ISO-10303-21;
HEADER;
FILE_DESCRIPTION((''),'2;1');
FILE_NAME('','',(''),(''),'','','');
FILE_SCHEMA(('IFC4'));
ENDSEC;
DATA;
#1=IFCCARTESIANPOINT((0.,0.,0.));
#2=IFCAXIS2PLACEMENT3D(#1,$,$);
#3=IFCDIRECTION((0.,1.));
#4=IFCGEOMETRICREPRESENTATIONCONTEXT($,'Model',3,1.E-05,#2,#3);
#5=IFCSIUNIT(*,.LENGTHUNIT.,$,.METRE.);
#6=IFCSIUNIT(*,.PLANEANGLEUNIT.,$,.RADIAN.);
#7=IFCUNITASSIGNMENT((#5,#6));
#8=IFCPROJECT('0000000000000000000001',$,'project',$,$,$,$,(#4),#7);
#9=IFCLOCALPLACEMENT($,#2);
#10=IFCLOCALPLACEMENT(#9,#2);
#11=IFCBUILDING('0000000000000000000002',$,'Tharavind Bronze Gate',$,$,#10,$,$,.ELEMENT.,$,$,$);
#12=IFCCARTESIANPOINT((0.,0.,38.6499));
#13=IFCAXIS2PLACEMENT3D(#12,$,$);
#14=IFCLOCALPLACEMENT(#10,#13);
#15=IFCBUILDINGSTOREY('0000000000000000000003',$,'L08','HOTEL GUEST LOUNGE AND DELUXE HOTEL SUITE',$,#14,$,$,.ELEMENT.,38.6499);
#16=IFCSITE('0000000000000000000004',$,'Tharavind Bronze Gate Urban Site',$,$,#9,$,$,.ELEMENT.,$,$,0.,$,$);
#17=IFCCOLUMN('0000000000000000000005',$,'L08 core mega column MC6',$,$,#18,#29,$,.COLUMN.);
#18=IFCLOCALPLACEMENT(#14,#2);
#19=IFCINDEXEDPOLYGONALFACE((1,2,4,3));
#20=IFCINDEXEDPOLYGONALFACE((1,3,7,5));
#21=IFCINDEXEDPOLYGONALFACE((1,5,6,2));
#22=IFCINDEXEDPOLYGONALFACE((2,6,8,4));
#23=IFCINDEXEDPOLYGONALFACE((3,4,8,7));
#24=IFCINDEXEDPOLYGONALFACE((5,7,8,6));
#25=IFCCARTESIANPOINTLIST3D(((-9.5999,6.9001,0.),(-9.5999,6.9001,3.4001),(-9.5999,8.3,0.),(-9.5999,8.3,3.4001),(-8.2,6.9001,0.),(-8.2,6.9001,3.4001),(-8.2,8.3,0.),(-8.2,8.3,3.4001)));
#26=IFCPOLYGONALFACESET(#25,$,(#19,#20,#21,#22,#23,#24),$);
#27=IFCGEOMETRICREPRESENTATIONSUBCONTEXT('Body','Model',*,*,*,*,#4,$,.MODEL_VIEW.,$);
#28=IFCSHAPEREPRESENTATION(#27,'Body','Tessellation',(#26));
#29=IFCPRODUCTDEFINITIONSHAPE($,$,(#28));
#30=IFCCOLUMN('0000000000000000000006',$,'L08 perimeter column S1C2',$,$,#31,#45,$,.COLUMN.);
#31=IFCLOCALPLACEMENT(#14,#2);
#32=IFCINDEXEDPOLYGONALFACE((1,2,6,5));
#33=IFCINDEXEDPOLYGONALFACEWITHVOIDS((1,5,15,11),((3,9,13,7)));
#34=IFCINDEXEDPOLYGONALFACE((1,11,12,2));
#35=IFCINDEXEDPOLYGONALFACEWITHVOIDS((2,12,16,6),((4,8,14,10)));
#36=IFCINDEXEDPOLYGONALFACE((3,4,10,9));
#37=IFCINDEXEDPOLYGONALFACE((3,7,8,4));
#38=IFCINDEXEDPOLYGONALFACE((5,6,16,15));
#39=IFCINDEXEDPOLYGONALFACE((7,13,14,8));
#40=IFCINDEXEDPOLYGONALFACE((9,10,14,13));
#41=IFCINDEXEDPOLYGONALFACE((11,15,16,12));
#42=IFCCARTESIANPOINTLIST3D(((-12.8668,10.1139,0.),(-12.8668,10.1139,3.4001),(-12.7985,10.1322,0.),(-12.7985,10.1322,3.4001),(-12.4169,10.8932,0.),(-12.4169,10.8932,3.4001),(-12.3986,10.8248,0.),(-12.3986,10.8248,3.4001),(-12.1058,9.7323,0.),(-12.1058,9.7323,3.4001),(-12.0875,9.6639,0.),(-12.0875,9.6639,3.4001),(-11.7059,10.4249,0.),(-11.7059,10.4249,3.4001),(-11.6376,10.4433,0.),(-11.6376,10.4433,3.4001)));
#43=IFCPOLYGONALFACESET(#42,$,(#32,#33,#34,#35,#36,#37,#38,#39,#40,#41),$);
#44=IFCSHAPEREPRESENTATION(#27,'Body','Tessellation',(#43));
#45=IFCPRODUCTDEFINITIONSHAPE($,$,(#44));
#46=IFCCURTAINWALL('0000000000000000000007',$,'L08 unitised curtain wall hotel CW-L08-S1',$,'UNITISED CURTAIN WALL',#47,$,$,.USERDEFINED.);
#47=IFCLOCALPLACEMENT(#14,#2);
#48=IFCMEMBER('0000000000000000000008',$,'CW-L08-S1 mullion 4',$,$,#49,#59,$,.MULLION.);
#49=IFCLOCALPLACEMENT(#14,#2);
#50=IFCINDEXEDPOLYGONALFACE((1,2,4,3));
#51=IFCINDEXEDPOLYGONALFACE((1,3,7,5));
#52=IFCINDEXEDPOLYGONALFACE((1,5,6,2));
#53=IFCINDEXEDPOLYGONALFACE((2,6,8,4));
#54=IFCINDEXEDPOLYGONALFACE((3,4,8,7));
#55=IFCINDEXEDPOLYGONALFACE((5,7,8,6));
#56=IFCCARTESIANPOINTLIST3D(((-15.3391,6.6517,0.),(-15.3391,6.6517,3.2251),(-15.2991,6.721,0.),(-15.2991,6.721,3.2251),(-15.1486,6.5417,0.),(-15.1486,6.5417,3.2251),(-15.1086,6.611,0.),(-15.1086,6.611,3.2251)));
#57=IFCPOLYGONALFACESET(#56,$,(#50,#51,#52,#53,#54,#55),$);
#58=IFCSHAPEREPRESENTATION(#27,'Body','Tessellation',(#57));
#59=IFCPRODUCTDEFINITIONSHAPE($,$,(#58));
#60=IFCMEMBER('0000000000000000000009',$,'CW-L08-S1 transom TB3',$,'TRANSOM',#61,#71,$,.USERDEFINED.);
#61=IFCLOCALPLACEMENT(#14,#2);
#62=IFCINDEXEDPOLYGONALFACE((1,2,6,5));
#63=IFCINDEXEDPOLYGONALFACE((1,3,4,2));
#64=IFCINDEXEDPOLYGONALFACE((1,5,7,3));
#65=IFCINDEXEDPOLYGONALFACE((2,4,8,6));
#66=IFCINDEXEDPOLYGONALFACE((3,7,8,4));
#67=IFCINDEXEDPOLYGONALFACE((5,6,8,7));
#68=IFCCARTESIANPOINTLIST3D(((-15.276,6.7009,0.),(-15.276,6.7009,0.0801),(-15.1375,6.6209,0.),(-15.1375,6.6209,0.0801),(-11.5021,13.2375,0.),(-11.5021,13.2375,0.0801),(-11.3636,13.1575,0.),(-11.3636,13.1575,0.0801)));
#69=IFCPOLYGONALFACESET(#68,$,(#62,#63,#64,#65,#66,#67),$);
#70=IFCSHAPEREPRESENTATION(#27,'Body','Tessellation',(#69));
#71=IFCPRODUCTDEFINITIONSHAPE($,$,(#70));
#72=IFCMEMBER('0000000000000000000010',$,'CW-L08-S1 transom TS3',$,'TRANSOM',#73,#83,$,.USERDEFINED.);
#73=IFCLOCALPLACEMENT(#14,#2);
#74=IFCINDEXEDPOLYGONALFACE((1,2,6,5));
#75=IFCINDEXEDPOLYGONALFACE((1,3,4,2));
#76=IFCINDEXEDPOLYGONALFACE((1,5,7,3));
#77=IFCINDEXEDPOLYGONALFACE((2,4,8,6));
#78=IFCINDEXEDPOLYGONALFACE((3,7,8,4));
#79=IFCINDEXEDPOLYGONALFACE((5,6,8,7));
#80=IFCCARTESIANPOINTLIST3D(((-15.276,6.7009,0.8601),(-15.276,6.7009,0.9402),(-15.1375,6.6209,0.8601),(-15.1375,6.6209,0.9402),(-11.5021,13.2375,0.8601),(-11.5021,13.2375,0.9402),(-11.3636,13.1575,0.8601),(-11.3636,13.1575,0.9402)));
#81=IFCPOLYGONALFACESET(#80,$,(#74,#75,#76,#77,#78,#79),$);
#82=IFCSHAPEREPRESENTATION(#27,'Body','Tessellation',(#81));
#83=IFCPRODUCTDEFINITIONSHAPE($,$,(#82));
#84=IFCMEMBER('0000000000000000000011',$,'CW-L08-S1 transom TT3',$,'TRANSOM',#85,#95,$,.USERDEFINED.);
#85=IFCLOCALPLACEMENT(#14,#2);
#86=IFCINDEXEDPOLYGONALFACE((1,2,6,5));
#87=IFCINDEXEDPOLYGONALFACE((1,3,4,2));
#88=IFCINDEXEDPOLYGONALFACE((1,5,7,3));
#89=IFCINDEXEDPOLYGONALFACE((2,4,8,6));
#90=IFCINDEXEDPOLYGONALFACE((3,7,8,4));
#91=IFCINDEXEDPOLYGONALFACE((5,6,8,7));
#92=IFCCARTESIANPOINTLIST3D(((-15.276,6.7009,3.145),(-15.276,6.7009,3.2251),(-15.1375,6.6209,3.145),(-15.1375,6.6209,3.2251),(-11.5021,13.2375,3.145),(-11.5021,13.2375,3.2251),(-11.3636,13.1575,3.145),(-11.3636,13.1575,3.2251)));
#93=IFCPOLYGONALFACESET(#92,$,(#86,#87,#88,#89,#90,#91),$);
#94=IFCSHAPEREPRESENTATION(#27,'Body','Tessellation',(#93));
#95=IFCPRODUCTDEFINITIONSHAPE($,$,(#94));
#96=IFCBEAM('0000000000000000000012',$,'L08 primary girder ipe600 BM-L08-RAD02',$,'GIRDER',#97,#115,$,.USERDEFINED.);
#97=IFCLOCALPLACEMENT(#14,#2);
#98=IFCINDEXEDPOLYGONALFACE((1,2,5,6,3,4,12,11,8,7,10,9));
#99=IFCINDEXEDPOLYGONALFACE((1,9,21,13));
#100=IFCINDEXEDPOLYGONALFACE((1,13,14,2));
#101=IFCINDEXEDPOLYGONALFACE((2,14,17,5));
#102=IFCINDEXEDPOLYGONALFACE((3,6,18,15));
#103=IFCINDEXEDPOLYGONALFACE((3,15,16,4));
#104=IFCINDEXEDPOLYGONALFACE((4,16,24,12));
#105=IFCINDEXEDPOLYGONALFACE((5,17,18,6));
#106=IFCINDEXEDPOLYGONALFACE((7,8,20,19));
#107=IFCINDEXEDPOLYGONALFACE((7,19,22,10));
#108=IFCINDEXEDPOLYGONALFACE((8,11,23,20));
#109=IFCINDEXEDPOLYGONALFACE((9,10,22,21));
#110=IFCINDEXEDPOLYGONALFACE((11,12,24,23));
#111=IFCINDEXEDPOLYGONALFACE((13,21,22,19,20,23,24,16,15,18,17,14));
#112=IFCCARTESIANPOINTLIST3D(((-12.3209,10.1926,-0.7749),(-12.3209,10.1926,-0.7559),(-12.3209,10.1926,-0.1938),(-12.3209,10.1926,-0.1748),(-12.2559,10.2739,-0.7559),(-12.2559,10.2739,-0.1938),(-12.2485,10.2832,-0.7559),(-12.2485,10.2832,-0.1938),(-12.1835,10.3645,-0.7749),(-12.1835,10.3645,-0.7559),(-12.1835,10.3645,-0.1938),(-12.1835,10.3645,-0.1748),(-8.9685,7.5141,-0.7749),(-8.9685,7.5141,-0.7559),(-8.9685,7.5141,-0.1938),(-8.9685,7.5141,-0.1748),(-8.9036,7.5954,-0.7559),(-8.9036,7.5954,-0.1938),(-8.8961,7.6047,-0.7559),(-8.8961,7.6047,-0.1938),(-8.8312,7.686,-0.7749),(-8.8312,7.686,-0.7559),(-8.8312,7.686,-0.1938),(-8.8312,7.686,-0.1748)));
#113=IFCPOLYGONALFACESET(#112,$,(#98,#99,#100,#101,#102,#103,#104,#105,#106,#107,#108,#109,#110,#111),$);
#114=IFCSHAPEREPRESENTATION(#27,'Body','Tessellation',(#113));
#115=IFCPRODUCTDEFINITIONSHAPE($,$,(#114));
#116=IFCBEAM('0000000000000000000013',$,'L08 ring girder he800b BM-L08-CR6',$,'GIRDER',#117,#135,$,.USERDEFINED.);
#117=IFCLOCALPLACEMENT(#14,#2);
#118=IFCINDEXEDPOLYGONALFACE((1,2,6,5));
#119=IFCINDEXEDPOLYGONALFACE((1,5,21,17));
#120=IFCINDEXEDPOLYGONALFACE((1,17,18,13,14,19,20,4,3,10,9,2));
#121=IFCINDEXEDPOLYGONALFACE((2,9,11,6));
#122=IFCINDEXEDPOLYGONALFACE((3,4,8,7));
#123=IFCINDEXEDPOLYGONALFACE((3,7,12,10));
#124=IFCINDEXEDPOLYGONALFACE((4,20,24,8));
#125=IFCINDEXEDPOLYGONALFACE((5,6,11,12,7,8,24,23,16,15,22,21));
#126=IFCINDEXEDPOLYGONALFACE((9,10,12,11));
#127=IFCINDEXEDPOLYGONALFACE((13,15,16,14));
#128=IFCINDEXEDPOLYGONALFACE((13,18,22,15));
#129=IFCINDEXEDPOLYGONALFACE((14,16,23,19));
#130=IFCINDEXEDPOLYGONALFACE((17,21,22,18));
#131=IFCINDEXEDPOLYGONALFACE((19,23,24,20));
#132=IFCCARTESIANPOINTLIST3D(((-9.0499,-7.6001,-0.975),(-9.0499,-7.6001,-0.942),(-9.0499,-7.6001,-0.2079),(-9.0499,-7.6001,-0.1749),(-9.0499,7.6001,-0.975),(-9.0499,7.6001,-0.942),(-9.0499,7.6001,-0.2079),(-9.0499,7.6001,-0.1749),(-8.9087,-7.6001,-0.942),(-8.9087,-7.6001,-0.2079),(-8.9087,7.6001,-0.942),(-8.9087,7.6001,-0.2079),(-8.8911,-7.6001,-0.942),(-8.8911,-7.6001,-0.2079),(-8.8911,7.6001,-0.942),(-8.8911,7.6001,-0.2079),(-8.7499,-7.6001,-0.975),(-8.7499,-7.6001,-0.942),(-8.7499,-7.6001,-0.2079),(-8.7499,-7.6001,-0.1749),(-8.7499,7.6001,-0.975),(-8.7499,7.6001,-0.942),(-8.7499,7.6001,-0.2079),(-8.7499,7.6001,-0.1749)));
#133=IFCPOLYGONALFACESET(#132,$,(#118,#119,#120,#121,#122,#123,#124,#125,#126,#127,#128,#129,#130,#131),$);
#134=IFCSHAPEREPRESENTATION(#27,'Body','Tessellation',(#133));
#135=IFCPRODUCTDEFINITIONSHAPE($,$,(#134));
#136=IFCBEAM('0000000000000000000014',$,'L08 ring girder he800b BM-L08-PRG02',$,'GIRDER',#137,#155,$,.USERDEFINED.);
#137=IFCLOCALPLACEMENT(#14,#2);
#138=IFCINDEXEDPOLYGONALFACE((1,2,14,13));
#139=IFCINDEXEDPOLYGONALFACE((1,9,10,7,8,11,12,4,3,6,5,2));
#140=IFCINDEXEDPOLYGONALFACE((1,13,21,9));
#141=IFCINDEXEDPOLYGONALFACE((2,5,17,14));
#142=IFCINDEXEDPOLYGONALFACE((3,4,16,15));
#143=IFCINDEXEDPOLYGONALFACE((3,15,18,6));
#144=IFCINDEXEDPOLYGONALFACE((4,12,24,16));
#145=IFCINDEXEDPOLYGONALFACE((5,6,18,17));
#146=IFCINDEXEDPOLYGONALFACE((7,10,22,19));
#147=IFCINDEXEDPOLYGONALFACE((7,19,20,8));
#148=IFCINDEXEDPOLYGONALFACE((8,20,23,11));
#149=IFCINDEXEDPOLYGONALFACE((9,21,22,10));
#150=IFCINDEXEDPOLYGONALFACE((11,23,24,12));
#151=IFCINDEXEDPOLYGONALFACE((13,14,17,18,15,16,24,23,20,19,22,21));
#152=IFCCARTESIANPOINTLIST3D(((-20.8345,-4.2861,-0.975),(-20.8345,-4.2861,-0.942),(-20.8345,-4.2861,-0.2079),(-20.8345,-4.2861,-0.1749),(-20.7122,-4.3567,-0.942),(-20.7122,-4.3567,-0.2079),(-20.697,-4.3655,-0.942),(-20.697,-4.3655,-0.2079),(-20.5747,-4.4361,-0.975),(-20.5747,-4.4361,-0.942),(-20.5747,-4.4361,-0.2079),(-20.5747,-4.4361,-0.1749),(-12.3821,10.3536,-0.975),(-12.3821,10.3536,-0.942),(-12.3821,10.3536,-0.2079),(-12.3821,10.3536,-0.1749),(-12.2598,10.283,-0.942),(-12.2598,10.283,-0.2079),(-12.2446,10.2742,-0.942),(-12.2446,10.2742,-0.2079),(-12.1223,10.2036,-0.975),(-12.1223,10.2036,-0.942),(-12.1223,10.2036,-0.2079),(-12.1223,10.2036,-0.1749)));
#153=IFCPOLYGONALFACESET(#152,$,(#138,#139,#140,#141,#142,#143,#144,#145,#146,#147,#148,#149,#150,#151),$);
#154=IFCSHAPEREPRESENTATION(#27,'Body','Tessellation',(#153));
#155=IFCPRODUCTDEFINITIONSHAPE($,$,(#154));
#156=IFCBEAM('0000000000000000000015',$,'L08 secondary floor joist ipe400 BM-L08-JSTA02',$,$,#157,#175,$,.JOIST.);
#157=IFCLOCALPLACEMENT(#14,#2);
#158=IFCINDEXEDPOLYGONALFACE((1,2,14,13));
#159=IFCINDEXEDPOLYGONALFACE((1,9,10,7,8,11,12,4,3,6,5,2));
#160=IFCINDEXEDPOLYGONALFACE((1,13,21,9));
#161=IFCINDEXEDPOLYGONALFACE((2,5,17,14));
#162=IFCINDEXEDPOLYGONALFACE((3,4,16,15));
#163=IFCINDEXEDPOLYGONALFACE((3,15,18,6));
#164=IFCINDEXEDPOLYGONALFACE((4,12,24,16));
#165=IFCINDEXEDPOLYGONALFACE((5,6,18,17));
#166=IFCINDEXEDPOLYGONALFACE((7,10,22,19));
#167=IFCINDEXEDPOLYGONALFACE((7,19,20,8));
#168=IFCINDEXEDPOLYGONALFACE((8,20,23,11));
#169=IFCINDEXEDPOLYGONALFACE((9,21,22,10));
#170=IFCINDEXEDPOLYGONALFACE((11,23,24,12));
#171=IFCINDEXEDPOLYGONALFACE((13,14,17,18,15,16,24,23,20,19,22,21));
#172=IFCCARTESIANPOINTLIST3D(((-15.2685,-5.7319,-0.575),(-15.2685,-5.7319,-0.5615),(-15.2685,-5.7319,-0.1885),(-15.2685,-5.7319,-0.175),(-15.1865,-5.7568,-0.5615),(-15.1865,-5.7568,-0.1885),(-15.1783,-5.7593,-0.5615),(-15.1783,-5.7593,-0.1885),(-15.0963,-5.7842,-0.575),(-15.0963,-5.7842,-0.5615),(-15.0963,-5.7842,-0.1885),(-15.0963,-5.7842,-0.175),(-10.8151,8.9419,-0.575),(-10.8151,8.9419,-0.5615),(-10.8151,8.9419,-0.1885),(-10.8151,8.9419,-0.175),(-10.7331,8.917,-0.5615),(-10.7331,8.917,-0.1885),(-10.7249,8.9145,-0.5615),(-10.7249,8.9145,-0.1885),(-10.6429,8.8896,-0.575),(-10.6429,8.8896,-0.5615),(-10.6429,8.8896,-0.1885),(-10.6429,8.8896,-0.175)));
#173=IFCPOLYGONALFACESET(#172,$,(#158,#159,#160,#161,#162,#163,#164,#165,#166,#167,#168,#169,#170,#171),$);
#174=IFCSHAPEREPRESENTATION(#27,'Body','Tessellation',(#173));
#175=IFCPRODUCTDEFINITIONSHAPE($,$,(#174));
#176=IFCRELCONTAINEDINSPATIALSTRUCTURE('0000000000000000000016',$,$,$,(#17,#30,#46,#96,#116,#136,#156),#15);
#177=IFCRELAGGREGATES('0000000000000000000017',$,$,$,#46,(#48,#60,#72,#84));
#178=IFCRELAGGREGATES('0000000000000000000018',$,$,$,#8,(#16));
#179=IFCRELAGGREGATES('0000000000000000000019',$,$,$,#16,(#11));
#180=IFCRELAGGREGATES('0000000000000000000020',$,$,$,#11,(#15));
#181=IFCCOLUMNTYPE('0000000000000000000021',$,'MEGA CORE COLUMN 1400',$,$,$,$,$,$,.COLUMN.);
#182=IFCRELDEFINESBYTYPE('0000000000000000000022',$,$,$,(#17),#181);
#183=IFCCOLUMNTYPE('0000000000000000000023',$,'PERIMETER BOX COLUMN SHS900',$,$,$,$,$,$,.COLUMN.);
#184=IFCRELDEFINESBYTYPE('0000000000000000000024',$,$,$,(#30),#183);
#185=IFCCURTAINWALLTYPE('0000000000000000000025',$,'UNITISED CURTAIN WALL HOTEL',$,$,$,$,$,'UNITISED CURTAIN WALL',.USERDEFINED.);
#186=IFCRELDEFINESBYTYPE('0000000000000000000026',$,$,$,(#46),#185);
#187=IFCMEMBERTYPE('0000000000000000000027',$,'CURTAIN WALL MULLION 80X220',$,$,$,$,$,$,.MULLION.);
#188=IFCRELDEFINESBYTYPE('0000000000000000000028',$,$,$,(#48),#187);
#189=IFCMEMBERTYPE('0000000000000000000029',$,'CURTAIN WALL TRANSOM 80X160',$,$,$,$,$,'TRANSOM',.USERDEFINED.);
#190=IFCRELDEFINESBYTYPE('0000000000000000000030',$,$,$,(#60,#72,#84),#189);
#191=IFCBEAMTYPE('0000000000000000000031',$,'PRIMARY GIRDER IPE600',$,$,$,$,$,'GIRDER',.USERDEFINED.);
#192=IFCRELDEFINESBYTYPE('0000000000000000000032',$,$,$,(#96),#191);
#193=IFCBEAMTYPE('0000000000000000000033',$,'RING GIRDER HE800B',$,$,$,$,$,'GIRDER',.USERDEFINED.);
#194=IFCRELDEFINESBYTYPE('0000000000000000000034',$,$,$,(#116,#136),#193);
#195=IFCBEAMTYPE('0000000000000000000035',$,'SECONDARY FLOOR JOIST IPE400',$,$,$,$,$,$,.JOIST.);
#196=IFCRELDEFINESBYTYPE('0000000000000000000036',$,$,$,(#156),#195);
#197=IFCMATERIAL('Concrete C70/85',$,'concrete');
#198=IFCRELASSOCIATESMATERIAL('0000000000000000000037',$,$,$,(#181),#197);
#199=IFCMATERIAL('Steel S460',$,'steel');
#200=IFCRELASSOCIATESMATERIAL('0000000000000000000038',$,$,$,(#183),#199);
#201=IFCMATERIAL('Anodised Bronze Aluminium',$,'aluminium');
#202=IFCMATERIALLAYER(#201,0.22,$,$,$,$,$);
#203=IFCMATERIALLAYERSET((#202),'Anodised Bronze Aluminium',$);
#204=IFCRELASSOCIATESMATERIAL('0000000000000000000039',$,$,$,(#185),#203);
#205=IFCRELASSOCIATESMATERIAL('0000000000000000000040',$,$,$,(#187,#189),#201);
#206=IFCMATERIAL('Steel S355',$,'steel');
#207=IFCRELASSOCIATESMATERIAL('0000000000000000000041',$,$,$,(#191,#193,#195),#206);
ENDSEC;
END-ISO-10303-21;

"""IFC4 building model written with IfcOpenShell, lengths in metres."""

from ifc_helpers import new_model, si_unit, direction, frame, origin, origin_2d, place, context, subcontext, project, spatial, rectangle, hollow_rectangle, i_section, extrude, material, layer, layer_set, material_profile, profile_set, type_object, element, aggregate, save


model = new_model("IFC4")

# Units and contexts
model_context = context("Model", 3, precision=1e-05, world=origin(), true_north=direction((0.0, 1.0)))
body_context = subcontext(model_context, "Body", "Model", "MODEL_VIEW")
ifc_project = project(units=[si_unit("LENGTHUNIT", "METRE"), si_unit("PLANEANGLEUNIT", "RADIAN")], contexts=[model_context])

# Site, building, storey
site_placement = place(None, origin())
site = spatial("IfcSite", under=ifc_project, at=site_placement, Name="Tharavind Bronze Gate Urban Site", CompositionType="ELEMENT", RefElevation=0.0)
building_placement = place(site_placement, origin())
building = spatial("IfcBuilding", under=site, at=building_placement, Name="Tharavind Bronze Gate", CompositionType="ELEMENT")
storey_placement = place(building_placement, frame((0.0, 0.0, 38.6499)))
storey = spatial("IfcBuildingStorey", under=building, at=storey_placement, Name="L08", Description="HOTEL GUEST LOUNGE AND DELUXE HOTEL SUITE", CompositionType="ELEMENT", Elevation=38.6499)

# Columns
ifc_material_1 = material(Name="Concrete C70/85", Category="concrete")
ifc_material_profile_1 = material_profile(ifc_material_1, rectangle(XDim=1.3999, YDim=1.3999, at=origin_2d()), Name="RCCOL1400")
ifc_profile_set_1 = profile_set([ifc_material_profile_1], Name="Concrete C70/85")
column_type_1 = type_object("IfcColumnType", Name="MEGA CORE COLUMN 1400", PredefinedType="COLUMN", material=ifc_profile_set_1)
column_1_placement = place(storey_placement, frame((-8.8999, 7.6001, 0.0), z_axis=(0.0, 0.0, 1.0), x_axis=(1.0, 0.0, 0.0)))
element("IfcColumn", 1, at=column_1_placement, inside=storey, type_object=column_type_1, Name="L08 core mega column MC6", PredefinedType="COLUMN", context=body_context, shape_type="SweptSolid", body=[
    extrude(rectangle(XDim=1.3999, YDim=1.3999, at=origin_2d()), origin(), (0.0, 0.0, 1.0), 3.4001),
])
ifc_material_2 = material(Name="Steel S460", Category="steel")
ifc_material_profile_2 = material_profile(ifc_material_2, hollow_rectangle(XDim=0.8999, YDim=0.8999, WallThickness=0.05, at=origin_2d()), Name="SHS900X50")
ifc_profile_set_2 = profile_set([ifc_material_profile_2], Name="Steel S460")
column_type_2 = type_object("IfcColumnType", Name="PERIMETER BOX COLUMN SHS900", PredefinedType="COLUMN", material=ifc_profile_set_2)
column_2_placement = place(storey_placement, frame((-12.2522, 10.2786, 0.0), z_axis=(0.0, 0.0, 1.0), x_axis=(0.500002, 0.866025, 0.0)))
element("IfcColumn", 2, at=column_2_placement, inside=storey, type_object=column_type_2, Name="L08 perimeter column S1C2", PredefinedType="COLUMN", context=body_context, shape_type="SweptSolid", body=[
    extrude(hollow_rectangle(XDim=0.8999, YDim=0.8999, WallThickness=0.05, at=origin_2d()), origin(), (0.0, 0.0, 1.0), 3.4001),
])

# Curtain wall, members
ifc_material_3 = material(Name="Anodised Bronze Aluminium", Category="aluminium")
ifc_layer_1 = layer(ifc_material_3, 0.22)
ifc_layer_set_1 = layer_set([ifc_layer_1], Name="Anodised Bronze Aluminium")
curtain_wall_type = type_object("IfcCurtainWallType", Name="UNITISED CURTAIN WALL HOTEL", ElementType="UNITISED CURTAIN WALL", PredefinedType="USERDEFINED", material=ifc_layer_set_1)
curtain_wall_placement = place(storey_placement, origin())
curtain_wall = element("IfcCurtainWall", 3, at=curtain_wall_placement, inside=storey, type_object=curtain_wall_type, Name="L08 unitised curtain wall hotel CW-L08-S1", ObjectType="UNITISED CURTAIN WALL", PredefinedType="USERDEFINED")
member_type_1 = type_object("IfcMemberType", Name="CURTAIN WALL MULLION 80X220", PredefinedType="MULLION", material=ifc_material_3)
member_1_placement = place(storey_placement, frame((-15.2239, 6.6313, 0.0), z_axis=(0.0, 0.0, 1.0), x_axis=(-0.500002, -0.866025, 0.0)))
member_1 = element("IfcMember", 4, at=member_1_placement, type_object=member_type_1, Name="CW-L08-S1 mullion 4", PredefinedType="MULLION", context=body_context, shape_type="SweptSolid", body=[
    extrude(rectangle(XDim=0.0801, YDim=0.22, at=origin_2d()), origin(), (0.0, 0.0, 1.0), 3.2251),
])
member_type_2 = type_object("IfcMemberType", Name="CURTAIN WALL TRANSOM 80X160", ElementType="TRANSOM", PredefinedType="USERDEFINED", material=ifc_material_3)
member_2_placement = place(storey_placement, frame((-13.3198, 9.9292, 0.0), z_axis=(0.0, 0.0, 1.0), x_axis=(-0.500002, -0.866025, 0.0)))
member_2 = element("IfcMember", 5, at=member_2_placement, type_object=member_type_2, Name="CW-L08-S1 transom TB3", ObjectType="TRANSOM", PredefinedType="USERDEFINED", context=body_context, shape_type="SweptSolid", body=[
    extrude(rectangle(XDim=7.5479, YDim=0.1599, at=origin_2d()), origin(), (0.0, 0.0, 1.0), 0.0801),
])
member_3_placement = place(storey_placement, frame((-13.3198, 9.9292, 0.8601), z_axis=(0.0, 0.0, 1.0), x_axis=(-0.500002, -0.866025, 0.0)))
member_3 = element("IfcMember", 6, at=member_3_placement, type_object=member_type_2, Name="CW-L08-S1 transom TS3", ObjectType="TRANSOM", PredefinedType="USERDEFINED", context=body_context, shape_type="SweptSolid", body=[
    extrude(rectangle(XDim=7.5479, YDim=0.1599, at=origin_2d()), origin(), (0.0, 0.0, 1.0), 0.0801),
])
member_4_placement = place(storey_placement, frame((-13.3198, 9.9292, 3.145), z_axis=(0.0, 0.0, 1.0), x_axis=(-0.500002, -0.866025, 0.0)))
member_4 = element("IfcMember", 7, at=member_4_placement, type_object=member_type_2, Name="CW-L08-S1 transom TT3", ObjectType="TRANSOM", PredefinedType="USERDEFINED", context=body_context, shape_type="SweptSolid", body=[
    extrude(rectangle(XDim=7.5479, YDim=0.1599, at=origin_2d()), origin(), (0.0, 0.0, 1.0), 0.0801),
])

# Beams
ifc_material_4 = material(Name="Steel S355", Category="steel")
ifc_material_profile_3 = material_profile(ifc_material_4, i_section(OverallWidth=0.22, OverallDepth=0.6001, WebThickness=0.012, FlangeThickness=0.019, at=origin_2d()), Name="IPE600")
ifc_profile_set_3 = profile_set([ifc_material_profile_3], Name="Steel S355")
beam_type_1 = type_object("IfcBeamType", Name="PRIMARY GIRDER IPE600", ElementType="GIRDER", PredefinedType="USERDEFINED", material=ifc_profile_set_3)
beam_1_placement = place(storey_placement, frame((-12.2522, 10.2786, -0.4749), z_axis=(0.781252, -0.624216, 0.0), x_axis=(0.624216, 0.781252, 0.0)))
element("IfcBeam", 8, at=beam_1_placement, inside=storey, type_object=beam_type_1, Name="L08 primary girder ipe600 BM-L08-RAD02", ObjectType="GIRDER", PredefinedType="USERDEFINED", context=body_context, shape_type="SweptSolid", body=[
    extrude(i_section(OverallWidth=0.22, OverallDepth=0.6001, WebThickness=0.012, FlangeThickness=0.019, at=origin_2d()), origin(), (0.0, 0.0, 1.0), 4.291),
])
ifc_material_profile_4 = material_profile(ifc_material_4, i_section(OverallWidth=0.3, OverallDepth=0.8, WebThickness=0.0176, FlangeThickness=0.033, at=origin_2d()), Name="HE800B")
ifc_profile_set_4 = profile_set([ifc_material_profile_4], Name="Steel S355")
beam_type_2 = type_object("IfcBeamType", Name="RING GIRDER HE800B", ElementType="GIRDER", PredefinedType="USERDEFINED", material=ifc_profile_set_4)
beam_2_placement = place(storey_placement, frame((-8.8999, 7.6001, -0.575), z_axis=(0.0, -1.0, 0.0), x_axis=(1.0, 0.0, 0.0)))
element("IfcBeam", 9, at=beam_2_placement, inside=storey, type_object=beam_type_2, Name="L08 ring girder he800b BM-L08-CR6", ObjectType="GIRDER", PredefinedType="USERDEFINED", context=body_context, shape_type="SweptSolid", body=[
    extrude(i_section(OverallWidth=0.3, OverallDepth=0.8, WebThickness=0.0176, FlangeThickness=0.033, at=origin_2d()), origin(), (0.0, 0.0, 1.0), 15.2002),
])
beam_3_placement = place(storey_placement, frame((-12.2522, 10.2786, -0.575), z_axis=(-0.500008, -0.866021, 0.0), x_axis=(0.866021, -0.500008, 0.0)))
element("IfcBeam", 10, at=beam_3_placement, inside=storey, type_object=beam_type_2, Name="L08 ring girder he800b BM-L08-PRG02", ObjectType="GIRDER", PredefinedType="USERDEFINED", context=body_context, shape_type="SweptSolid", body=[
    extrude(i_section(OverallWidth=0.3, OverallDepth=0.8, WebThickness=0.0176, FlangeThickness=0.033, at=origin_2d()), origin(), (0.0, 0.0, 1.0), 16.9045),
])
ifc_material_profile_5 = material_profile(ifc_material_4, i_section(OverallWidth=0.1799, OverallDepth=0.3999, WebThickness=0.0085, FlangeThickness=0.0134, at=origin_2d()), Name="IPE400")
ifc_profile_set_5 = profile_set([ifc_material_profile_5], Name="Steel S355")
beam_type_3 = type_object("IfcBeamType", Name="SECONDARY FLOOR JOIST IPE400", PredefinedType="JOIST", material=ifc_profile_set_5)
beam_4_placement = place(storey_placement, frame((-10.729, 8.9158, -0.375), z_axis=(-0.290411, -0.956902, 0.0), x_axis=(0.956902, -0.290411, 0.0)))
element("IfcBeam", 11, at=beam_4_placement, inside=storey, type_object=beam_type_3, Name="L08 secondary floor joist ipe400 BM-L08-JSTA02", PredefinedType="JOIST", context=body_context, shape_type="SweptSolid", body=[
    extrude(i_section(OverallWidth=0.1799, OverallDepth=0.3999, WebThickness=0.0085, FlangeThickness=0.0134, at=origin_2d()), origin(), (0.0, 0.0, 1.0), 15.3347),
])

aggregate(curtain_wall, [member_1, member_2, member_3, member_4])

save(model, "model.ifc")
